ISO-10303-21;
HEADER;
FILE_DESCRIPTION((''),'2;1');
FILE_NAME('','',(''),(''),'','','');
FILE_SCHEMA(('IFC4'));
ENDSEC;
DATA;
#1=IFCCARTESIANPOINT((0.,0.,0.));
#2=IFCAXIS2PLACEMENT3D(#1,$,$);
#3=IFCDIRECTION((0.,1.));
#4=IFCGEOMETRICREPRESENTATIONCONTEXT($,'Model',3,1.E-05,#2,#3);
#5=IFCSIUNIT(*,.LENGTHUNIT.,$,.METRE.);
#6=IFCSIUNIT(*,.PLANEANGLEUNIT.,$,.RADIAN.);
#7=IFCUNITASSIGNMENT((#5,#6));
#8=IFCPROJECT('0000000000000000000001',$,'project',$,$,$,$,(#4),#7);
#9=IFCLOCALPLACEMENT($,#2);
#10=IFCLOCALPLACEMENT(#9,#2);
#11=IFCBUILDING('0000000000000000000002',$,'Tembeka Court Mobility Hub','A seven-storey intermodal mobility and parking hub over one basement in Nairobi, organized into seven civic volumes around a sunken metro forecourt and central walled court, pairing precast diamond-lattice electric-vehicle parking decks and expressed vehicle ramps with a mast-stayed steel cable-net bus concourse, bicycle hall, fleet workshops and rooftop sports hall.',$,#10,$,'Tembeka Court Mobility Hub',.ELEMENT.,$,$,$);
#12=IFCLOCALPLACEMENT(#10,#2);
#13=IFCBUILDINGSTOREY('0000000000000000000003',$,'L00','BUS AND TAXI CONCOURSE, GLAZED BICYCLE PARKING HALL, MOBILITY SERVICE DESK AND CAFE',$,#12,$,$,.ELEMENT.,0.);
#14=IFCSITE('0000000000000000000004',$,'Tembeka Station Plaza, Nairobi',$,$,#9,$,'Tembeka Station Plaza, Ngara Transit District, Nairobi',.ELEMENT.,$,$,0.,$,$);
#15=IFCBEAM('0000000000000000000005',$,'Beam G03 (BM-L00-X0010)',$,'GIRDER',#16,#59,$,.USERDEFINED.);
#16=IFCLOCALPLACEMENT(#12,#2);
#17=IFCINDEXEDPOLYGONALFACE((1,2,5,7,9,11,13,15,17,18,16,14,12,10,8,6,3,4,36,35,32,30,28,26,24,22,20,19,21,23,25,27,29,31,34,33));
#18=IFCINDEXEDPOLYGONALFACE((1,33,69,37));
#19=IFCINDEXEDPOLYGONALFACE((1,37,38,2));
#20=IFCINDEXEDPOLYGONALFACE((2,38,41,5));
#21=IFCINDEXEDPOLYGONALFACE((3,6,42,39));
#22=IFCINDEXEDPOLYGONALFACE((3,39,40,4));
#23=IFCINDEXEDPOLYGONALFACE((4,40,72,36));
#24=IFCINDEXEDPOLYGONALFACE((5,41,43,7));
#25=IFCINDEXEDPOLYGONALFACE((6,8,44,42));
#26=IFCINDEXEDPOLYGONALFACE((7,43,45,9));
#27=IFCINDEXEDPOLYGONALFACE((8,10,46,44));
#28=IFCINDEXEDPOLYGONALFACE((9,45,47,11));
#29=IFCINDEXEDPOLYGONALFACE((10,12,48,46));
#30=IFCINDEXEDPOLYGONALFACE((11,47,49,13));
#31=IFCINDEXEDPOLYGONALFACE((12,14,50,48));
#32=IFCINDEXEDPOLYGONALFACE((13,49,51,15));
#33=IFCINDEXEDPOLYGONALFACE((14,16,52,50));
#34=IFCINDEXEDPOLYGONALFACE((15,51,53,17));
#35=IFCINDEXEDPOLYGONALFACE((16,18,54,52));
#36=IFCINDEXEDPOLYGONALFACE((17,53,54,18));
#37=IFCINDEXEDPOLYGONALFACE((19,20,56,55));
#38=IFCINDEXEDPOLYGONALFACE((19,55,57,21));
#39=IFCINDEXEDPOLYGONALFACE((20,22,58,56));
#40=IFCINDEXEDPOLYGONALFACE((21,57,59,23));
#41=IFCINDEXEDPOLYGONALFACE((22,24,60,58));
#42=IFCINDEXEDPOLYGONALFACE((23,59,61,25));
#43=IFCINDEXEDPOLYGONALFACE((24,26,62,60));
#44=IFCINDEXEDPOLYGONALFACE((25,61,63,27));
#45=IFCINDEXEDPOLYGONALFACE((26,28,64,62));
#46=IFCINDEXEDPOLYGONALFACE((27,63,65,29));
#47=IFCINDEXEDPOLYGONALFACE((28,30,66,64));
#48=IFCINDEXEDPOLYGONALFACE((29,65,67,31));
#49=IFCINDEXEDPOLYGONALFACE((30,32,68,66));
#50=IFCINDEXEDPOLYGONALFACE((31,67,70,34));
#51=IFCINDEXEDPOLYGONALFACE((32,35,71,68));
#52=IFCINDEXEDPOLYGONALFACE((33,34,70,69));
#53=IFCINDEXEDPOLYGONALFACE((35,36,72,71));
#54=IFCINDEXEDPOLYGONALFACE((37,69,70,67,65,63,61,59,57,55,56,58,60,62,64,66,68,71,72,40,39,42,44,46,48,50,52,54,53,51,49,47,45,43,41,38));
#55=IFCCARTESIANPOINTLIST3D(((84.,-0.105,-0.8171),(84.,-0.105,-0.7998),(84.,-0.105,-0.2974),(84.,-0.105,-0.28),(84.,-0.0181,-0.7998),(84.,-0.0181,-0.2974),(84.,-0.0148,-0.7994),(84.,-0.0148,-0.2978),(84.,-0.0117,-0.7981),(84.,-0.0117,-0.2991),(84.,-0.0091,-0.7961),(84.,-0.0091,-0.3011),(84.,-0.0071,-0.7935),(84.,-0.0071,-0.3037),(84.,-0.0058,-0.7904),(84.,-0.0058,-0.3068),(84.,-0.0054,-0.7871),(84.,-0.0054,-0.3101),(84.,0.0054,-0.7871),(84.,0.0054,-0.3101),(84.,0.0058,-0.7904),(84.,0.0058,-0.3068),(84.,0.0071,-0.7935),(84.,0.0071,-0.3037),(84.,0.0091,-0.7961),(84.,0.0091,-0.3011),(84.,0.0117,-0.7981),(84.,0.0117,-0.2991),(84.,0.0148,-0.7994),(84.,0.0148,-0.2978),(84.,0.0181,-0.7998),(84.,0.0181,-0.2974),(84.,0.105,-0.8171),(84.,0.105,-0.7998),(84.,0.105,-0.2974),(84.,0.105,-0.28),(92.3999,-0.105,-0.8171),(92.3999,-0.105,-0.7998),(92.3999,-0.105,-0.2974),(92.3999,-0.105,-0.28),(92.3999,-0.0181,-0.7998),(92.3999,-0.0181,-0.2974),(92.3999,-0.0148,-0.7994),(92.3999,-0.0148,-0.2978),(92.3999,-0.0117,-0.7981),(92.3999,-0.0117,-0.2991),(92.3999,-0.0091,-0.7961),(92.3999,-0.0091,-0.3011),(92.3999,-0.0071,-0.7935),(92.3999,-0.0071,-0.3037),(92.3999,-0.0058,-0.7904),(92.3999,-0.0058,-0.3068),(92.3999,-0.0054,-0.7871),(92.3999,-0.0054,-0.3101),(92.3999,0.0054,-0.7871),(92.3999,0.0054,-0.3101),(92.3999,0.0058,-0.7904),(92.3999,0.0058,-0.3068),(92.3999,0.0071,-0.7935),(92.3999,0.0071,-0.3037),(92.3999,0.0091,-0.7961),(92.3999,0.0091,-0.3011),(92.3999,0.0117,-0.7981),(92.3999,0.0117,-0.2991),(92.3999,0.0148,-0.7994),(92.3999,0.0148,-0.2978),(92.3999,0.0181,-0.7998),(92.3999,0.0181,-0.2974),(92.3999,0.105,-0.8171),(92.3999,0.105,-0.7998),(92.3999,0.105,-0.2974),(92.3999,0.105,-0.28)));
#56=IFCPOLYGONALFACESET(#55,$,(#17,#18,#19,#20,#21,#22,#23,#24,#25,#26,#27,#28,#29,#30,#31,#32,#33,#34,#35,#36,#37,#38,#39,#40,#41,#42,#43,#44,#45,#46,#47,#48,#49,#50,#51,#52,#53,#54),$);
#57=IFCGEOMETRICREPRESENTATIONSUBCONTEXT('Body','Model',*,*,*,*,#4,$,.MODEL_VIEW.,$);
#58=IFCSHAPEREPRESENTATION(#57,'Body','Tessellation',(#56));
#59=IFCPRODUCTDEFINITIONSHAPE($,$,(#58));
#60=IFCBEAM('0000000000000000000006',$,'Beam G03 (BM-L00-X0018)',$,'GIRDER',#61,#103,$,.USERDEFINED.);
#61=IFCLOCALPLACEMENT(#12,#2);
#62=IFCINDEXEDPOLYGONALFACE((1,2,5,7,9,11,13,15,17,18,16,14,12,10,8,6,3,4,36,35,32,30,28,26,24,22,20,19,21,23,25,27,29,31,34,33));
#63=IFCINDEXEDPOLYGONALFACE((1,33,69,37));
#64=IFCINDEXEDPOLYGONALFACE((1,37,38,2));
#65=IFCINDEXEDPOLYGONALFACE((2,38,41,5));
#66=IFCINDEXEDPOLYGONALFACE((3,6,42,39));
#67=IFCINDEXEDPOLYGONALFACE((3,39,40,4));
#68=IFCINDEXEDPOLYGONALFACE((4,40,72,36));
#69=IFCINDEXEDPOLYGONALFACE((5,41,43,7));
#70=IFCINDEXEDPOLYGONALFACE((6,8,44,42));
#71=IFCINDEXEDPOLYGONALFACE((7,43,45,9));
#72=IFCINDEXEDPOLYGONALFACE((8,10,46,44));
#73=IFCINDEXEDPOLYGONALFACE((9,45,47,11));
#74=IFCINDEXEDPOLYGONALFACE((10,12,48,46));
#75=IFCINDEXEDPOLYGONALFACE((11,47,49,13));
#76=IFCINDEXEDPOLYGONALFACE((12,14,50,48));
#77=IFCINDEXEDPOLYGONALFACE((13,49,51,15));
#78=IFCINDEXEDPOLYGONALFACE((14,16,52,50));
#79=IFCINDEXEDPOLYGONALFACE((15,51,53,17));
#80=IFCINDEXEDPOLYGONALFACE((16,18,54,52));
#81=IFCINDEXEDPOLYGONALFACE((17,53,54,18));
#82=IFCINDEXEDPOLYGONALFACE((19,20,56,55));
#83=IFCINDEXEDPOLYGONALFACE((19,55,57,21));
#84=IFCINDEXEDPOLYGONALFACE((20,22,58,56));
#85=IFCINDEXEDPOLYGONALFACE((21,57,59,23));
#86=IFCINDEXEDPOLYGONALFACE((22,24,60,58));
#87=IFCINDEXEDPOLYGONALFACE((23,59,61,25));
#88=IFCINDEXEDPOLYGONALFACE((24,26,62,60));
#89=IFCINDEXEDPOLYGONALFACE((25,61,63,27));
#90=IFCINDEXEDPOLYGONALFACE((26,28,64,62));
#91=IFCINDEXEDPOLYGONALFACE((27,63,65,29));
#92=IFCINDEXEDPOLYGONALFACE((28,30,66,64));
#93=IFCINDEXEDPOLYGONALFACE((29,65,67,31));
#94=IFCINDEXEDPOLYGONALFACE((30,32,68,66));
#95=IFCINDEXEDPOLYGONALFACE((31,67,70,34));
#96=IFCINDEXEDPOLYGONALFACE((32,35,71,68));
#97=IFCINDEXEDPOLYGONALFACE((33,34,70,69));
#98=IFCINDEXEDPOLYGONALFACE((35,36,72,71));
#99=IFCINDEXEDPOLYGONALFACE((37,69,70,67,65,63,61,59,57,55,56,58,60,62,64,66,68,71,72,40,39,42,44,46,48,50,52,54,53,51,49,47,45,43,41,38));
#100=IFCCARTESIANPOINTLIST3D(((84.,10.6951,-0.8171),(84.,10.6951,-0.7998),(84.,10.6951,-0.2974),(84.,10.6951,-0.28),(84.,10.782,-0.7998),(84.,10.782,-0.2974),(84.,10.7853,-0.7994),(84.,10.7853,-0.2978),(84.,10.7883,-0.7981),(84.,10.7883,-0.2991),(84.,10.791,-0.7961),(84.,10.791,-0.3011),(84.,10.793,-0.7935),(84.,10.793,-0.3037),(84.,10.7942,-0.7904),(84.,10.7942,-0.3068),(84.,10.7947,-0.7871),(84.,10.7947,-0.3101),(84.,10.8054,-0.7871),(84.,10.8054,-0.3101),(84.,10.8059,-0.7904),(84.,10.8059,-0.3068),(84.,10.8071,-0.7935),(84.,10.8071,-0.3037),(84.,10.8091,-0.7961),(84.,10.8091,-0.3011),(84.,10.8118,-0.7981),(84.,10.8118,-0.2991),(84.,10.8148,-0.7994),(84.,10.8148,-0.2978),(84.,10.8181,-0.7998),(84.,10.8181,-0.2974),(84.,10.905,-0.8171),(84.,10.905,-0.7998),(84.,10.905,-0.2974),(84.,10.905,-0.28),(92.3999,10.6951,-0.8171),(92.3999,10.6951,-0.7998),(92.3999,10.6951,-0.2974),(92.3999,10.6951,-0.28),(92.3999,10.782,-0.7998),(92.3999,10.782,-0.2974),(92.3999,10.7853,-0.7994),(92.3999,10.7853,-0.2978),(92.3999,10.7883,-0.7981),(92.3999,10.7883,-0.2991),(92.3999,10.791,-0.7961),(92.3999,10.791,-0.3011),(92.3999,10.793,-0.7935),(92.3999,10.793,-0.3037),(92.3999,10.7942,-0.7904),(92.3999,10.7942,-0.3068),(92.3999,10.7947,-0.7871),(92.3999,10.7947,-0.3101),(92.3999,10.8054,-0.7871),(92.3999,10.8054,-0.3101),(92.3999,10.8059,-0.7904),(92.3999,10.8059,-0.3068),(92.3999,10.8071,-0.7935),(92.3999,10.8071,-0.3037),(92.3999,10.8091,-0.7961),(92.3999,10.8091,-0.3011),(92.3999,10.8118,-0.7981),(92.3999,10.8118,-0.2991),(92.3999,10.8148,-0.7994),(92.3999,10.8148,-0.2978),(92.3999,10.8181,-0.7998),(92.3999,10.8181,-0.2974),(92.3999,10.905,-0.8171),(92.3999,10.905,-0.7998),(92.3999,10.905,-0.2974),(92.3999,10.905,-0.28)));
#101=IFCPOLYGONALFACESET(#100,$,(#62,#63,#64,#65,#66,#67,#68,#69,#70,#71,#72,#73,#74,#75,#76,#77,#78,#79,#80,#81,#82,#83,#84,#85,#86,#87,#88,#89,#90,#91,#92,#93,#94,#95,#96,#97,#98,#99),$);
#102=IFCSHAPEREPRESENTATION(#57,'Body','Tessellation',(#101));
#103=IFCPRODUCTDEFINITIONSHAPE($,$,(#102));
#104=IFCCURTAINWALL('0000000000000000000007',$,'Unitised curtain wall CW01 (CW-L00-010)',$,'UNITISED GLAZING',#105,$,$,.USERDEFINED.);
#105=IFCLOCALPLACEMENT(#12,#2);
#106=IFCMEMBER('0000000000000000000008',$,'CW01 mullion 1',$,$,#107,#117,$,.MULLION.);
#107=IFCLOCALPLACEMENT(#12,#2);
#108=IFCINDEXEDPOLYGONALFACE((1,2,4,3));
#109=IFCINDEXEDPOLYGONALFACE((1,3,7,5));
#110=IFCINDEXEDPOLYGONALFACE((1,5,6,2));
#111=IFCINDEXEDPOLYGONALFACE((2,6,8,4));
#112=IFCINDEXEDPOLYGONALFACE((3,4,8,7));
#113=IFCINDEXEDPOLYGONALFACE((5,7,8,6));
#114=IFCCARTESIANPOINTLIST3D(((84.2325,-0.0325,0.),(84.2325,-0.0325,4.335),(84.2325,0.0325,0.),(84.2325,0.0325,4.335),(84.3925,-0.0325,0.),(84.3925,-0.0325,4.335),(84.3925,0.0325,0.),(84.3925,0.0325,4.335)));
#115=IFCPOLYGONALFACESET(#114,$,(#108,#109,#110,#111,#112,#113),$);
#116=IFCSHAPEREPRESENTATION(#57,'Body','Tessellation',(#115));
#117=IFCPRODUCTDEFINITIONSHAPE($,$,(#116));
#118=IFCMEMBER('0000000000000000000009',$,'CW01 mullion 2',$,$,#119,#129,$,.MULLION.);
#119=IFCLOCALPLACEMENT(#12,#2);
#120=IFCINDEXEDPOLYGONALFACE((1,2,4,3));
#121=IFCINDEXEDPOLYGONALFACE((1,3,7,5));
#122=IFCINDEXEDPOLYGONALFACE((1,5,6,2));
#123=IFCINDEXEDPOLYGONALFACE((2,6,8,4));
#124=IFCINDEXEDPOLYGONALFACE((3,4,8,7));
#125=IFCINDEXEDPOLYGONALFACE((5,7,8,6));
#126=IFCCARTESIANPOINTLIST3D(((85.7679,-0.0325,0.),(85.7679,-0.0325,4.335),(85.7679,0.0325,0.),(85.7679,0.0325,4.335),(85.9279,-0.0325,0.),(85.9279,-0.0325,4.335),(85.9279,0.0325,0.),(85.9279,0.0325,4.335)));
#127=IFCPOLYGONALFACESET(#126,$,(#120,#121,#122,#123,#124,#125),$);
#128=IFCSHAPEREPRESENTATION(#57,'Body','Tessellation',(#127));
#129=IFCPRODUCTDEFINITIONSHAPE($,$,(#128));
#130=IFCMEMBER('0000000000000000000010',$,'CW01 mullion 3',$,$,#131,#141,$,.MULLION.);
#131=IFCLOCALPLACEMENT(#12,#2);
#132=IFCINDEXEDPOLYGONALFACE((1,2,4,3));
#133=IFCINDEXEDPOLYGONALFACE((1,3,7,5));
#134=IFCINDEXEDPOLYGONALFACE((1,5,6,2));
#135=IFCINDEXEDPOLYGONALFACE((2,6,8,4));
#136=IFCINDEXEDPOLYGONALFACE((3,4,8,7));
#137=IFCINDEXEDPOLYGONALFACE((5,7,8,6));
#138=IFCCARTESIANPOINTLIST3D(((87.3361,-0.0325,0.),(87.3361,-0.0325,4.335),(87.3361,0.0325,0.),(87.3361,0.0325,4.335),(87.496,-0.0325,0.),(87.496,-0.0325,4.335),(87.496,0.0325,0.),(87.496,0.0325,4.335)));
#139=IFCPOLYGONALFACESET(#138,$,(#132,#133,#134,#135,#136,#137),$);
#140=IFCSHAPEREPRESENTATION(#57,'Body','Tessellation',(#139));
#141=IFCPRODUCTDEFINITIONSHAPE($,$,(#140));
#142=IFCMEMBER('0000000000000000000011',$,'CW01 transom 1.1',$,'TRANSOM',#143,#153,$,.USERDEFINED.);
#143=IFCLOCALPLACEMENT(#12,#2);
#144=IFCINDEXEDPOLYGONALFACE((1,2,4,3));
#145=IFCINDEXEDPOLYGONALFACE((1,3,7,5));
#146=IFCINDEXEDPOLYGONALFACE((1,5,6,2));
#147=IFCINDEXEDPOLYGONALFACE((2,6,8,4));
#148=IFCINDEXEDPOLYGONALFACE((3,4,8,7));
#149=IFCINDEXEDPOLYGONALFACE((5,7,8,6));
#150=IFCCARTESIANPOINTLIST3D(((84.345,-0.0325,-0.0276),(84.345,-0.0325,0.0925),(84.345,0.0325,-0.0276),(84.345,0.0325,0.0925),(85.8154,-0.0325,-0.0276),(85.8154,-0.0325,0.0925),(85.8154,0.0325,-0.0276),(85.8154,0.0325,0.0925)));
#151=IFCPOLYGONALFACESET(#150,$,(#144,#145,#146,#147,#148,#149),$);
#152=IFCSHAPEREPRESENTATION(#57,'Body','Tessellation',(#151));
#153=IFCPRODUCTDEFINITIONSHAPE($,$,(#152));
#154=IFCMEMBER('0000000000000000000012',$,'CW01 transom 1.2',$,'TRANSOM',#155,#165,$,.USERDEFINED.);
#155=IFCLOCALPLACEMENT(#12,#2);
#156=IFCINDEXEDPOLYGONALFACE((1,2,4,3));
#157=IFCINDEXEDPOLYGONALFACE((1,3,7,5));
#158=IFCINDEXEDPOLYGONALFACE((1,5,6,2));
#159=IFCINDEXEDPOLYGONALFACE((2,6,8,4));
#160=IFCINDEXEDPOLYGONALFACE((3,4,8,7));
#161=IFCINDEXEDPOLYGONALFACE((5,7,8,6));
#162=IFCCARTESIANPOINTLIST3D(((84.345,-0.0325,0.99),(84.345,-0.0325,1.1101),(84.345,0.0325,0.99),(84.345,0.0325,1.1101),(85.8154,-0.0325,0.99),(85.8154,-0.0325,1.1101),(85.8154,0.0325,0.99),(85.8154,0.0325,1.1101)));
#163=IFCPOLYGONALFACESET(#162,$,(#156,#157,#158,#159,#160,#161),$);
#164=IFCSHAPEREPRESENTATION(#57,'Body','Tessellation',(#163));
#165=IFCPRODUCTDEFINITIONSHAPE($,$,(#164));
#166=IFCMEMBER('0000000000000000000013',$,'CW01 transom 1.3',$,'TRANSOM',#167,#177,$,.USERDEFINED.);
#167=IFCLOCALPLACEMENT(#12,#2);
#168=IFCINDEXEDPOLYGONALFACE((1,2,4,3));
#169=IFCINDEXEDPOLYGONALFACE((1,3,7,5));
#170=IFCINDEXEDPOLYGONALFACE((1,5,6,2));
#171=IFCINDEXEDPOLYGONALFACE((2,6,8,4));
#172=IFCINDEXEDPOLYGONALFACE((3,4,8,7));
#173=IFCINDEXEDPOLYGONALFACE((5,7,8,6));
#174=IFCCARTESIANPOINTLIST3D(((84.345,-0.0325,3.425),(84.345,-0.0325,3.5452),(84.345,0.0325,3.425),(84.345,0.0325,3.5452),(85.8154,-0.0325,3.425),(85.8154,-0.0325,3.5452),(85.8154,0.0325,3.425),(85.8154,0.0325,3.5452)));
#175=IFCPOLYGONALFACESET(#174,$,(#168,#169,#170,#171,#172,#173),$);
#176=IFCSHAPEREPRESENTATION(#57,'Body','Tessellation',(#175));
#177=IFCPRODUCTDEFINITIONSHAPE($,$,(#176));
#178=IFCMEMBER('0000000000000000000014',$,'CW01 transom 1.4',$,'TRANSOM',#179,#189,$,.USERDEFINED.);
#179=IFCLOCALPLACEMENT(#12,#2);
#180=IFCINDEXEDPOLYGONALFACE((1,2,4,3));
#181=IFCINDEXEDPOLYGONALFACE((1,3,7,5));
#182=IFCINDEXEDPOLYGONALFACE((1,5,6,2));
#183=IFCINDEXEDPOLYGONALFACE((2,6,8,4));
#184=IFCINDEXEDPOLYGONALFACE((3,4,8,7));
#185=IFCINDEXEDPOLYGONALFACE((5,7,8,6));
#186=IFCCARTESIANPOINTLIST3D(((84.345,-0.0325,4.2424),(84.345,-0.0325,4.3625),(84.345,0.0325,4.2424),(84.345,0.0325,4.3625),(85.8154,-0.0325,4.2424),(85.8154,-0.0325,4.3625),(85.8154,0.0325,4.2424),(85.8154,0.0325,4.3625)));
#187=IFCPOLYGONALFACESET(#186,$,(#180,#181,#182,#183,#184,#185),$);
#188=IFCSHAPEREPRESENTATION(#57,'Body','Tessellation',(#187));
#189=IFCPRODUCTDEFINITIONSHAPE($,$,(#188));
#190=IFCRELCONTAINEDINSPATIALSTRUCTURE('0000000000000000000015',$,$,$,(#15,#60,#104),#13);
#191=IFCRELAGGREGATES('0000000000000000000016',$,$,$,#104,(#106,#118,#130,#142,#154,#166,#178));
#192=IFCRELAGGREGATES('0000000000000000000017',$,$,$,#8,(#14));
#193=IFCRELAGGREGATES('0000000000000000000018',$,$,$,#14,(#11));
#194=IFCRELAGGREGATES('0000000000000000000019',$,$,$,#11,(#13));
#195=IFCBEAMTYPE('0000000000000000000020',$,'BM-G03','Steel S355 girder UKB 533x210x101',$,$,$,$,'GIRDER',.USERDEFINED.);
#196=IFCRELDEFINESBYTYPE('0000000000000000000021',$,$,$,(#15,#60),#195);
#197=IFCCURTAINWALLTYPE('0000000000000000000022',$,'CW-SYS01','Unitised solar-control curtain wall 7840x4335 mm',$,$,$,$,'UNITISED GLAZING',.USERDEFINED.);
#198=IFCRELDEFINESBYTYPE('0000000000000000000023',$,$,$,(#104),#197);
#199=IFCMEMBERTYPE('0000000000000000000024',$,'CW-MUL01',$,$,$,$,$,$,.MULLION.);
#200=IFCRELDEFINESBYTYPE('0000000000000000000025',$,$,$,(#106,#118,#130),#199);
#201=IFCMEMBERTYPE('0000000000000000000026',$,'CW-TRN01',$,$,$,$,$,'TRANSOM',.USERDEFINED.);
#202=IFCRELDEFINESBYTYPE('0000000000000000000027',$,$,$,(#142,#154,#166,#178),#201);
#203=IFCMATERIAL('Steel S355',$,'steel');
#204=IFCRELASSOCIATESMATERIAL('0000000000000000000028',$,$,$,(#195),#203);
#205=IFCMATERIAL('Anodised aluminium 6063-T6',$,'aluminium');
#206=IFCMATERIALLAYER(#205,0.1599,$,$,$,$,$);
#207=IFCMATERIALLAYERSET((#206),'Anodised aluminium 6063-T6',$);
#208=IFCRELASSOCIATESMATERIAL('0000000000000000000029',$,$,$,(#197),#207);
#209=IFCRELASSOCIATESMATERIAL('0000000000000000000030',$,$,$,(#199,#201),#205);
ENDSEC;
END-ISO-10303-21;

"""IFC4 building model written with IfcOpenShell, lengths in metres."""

from ifc_helpers import new_model, si_unit, direction, frame, origin, origin_2d, place, context, subcontext, project, spatial, rectangle, i_section, extrude, material, layer, layer_set, material_profile, profile_set, type_object, element, aggregate, save


model = new_model("IFC4")

# Units and contexts
model_context = context("Model", 3, precision=1e-05, world=origin(), true_north=direction((0.0, 1.0)))
body_context = subcontext(model_context, "Body", "Model", "MODEL_VIEW")
ifc_project = project(units=[si_unit("LENGTHUNIT", "METRE"), si_unit("PLANEANGLEUNIT", "RADIAN")], contexts=[model_context])

# Site, building, storey
site_placement = place(None, origin())
site = spatial("IfcSite", under=ifc_project, at=site_placement, Name="Tembeka Station Plaza, Nairobi", LongName="Tembeka Station Plaza, Ngara Transit District, Nairobi", CompositionType="ELEMENT", RefElevation=0.0)
building_placement = place(site_placement, origin())
building = spatial("IfcBuilding", under=site, at=building_placement, Name="Tembeka Court Mobility Hub", Description="A seven-storey intermodal mobility and parking hub over one basement in Nairobi, organized into seven civic volumes around a sunken metro forecourt and central walled court, pairing precast diamond-lattice electric-vehicle parking decks and expressed vehicle ramps with a mast-stayed steel cable-net bus concourse, bicycle hall, fleet workshops and rooftop sports hall.", LongName="Tembeka Court Mobility Hub", CompositionType="ELEMENT")
storey_placement = place(building_placement, origin())
storey = spatial("IfcBuildingStorey", under=building, at=storey_placement, Name="L00", Description="BUS AND TAXI CONCOURSE, GLAZED BICYCLE PARKING HALL, MOBILITY SERVICE DESK AND CAFE", CompositionType="ELEMENT", Elevation=0.0)

# Shared definitions
ifc_material_1 = material(Name="Steel S355", Category="steel")

# Beams
ifc_material_profile_1 = material_profile(ifc_material_1, i_section(OverallWidth=0.21, OverallDepth=0.5371, WebThickness=0.0107, FlangeThickness=0.0173, FilletRadius=0.0127, at=origin_2d()), Name="UKB 533x210x101")
ifc_profile_set_1 = profile_set([ifc_material_profile_1], Name="Steel S355")
beam_type_1 = type_object("IfcBeamType", Name="BM-G03", Description="Steel S355 girder UKB 533x210x101", ElementType="GIRDER", PredefinedType="USERDEFINED", material=ifc_profile_set_1)
for number, where, z_axis, x_axis, name in (
    (1, (84.0, 0.0, -0.5486), (1.0, 0.0, 0.0), (0.0, 1.0, 0.0), "Beam G03 (BM-L00-X0010)"),
    (2, (84.0, 10.8, -0.5486), (1.0, 0.0, 0.0), (0.0, 1.0, 0.0), "Beam G03 (BM-L00-X0018)"),
):
    element("IfcBeam", number, at=place(storey_placement, frame(where, z_axis=z_axis, x_axis=x_axis)), inside=storey, type_object=beam_type_1, Name=name, ObjectType="GIRDER", PredefinedType="USERDEFINED", context=body_context, shape_type="SweptSolid", body=[
        extrude(i_section(OverallWidth=0.21, OverallDepth=0.5371, WebThickness=0.0107, FlangeThickness=0.0173, FilletRadius=0.0127, at=origin_2d()), origin(), (0.0, 0.0, 1.0), 8.3999),
    ])

# Curtain wall, members
ifc_material_2 = material(Name="Anodised aluminium 6063-T6", Category="aluminium")
ifc_layer_1 = layer(ifc_material_2, 0.1599)
ifc_layer_set_1 = layer_set([ifc_layer_1], Name="Anodised aluminium 6063-T6")
curtain_wall_type = type_object("IfcCurtainWallType", Name="CW-SYS01", Description="Unitised solar-control curtain wall 7840x4335 mm", ElementType="UNITISED GLAZING", PredefinedType="USERDEFINED", material=ifc_layer_set_1)
curtain_wall_placement = place(storey_placement, origin())
curtain_wall = element("IfcCurtainWall", 3, at=curtain_wall_placement, inside=storey, type_object=curtain_wall_type, Name="Unitised curtain wall CW01 (CW-L00-010)", ObjectType="UNITISED GLAZING", PredefinedType="USERDEFINED")
ifc_material_profile_2 = material_profile(ifc_material_2, rectangle(XDim=0.0649, YDim=0.1599, at=origin_2d()), Name="ALU-MUL 65x160")
ifc_profile_set_2 = profile_set([ifc_material_profile_2], Name="Anodised aluminium 6063-T6")
member_type_1 = type_object("IfcMemberType", Name="CW-MUL01", PredefinedType="MULLION", material=ifc_profile_set_2)
member_1_placement = place(storey_placement, frame((84.3125, 0.0, 0.0), z_axis=(0.0, 0.0, 1.0), x_axis=(0.0, 1.0, 0.0)))
member_1 = element("IfcMember", 4, at=member_1_placement, type_object=member_type_1, Name="CW01 mullion 1", PredefinedType="MULLION", context=body_context, shape_type="SweptSolid", body=[
    extrude(rectangle(XDim=0.0649, YDim=0.1599, at=origin_2d()), origin(), (0.0, 0.0, 1.0), 4.335),
])
member_2_placement = place(storey_placement, frame((85.8479, 0.0, 0.0), z_axis=(0.0, 0.0, 1.0), x_axis=(0.0, 1.0, 0.0)))
member_2 = element("IfcMember", 5, at=member_2_placement, type_object=member_type_1, Name="CW01 mullion 2", PredefinedType="MULLION", context=body_context, shape_type="SweptSolid", body=[
    extrude(rectangle(XDim=0.0649, YDim=0.1599, at=origin_2d()), origin(), (0.0, 0.0, 1.0), 4.335),
])
member_3_placement = place(storey_placement, frame((87.416, 0.0, 0.0), z_axis=(0.0, 0.0, 1.0), x_axis=(0.0, 1.0, 0.0)))
member_3 = element("IfcMember", 6, at=member_3_placement, type_object=member_type_1, Name="CW01 mullion 3", PredefinedType="MULLION", context=body_context, shape_type="SweptSolid", body=[
    extrude(rectangle(XDim=0.0649, YDim=0.1599, at=origin_2d()), origin(), (0.0, 0.0, 1.0), 4.335),
])
ifc_material_profile_3 = material_profile(ifc_material_2, rectangle(XDim=0.0649, YDim=0.1201, at=origin_2d()), Name="ALU-TRN 65x120")
ifc_profile_set_3 = profile_set([ifc_material_profile_3], Name="Anodised aluminium 6063-T6")
member_type_2 = type_object("IfcMemberType", Name="CW-TRN01", ElementType="TRANSOM", PredefinedType="USERDEFINED", material=ifc_profile_set_3)
member_4_placement = place(storey_placement, frame((84.345, 0.0, 0.0325), z_axis=(1.0, 0.0, 0.0), x_axis=(0.0, 1.0, 0.0)))
member_4 = element("IfcMember", 7, at=member_4_placement, type_object=member_type_2, Name="CW01 transom 1.1", ObjectType="TRANSOM", PredefinedType="USERDEFINED", context=body_context, shape_type="SweptSolid", body=[
    extrude(rectangle(XDim=0.0649, YDim=0.1201, at=origin_2d()), origin(), (0.0, 0.0, 1.0), 1.4705),
])
member_5_placement = place(storey_placement, frame((84.345, 0.0, 1.05), z_axis=(1.0, 0.0, 0.0), x_axis=(0.0, 1.0, 0.0)))
member_5 = element("IfcMember", 8, at=member_5_placement, type_object=member_type_2, Name="CW01 transom 1.2", ObjectType="TRANSOM", PredefinedType="USERDEFINED", context=body_context, shape_type="SweptSolid", body=[
    extrude(rectangle(XDim=0.0649, YDim=0.1201, at=origin_2d()), origin(), (0.0, 0.0, 1.0), 1.4705),
])
member_6_placement = place(storey_placement, frame((84.345, 0.0, 3.4851), z_axis=(1.0, 0.0, 0.0), x_axis=(0.0, 1.0, 0.0)))
member_6 = element("IfcMember", 9, at=member_6_placement, type_object=member_type_2, Name="CW01 transom 1.3", ObjectType="TRANSOM", PredefinedType="USERDEFINED", context=body_context, shape_type="SweptSolid", body=[
    extrude(rectangle(XDim=0.0649, YDim=0.1201, at=origin_2d()), origin(), (0.0, 0.0, 1.0), 1.4705),
])
member_7_placement = place(storey_placement, frame((84.345, 0.0, 4.3025), z_axis=(1.0, 0.0, 0.0), x_axis=(0.0, 1.0, 0.0)))
member_7 = element("IfcMember", 10, at=member_7_placement, type_object=member_type_2, Name="CW01 transom 1.4", ObjectType="TRANSOM", PredefinedType="USERDEFINED", context=body_context, shape_type="SweptSolid", body=[
    extrude(rectangle(XDim=0.0649, YDim=0.1201, at=origin_2d()), origin(), (0.0, 0.0, 1.0), 1.4705),
])
aggregate(curtain_wall, [member_1, member_2, member_3, member_4, member_5, member_6, member_7])

save(model, "model.ifc")
